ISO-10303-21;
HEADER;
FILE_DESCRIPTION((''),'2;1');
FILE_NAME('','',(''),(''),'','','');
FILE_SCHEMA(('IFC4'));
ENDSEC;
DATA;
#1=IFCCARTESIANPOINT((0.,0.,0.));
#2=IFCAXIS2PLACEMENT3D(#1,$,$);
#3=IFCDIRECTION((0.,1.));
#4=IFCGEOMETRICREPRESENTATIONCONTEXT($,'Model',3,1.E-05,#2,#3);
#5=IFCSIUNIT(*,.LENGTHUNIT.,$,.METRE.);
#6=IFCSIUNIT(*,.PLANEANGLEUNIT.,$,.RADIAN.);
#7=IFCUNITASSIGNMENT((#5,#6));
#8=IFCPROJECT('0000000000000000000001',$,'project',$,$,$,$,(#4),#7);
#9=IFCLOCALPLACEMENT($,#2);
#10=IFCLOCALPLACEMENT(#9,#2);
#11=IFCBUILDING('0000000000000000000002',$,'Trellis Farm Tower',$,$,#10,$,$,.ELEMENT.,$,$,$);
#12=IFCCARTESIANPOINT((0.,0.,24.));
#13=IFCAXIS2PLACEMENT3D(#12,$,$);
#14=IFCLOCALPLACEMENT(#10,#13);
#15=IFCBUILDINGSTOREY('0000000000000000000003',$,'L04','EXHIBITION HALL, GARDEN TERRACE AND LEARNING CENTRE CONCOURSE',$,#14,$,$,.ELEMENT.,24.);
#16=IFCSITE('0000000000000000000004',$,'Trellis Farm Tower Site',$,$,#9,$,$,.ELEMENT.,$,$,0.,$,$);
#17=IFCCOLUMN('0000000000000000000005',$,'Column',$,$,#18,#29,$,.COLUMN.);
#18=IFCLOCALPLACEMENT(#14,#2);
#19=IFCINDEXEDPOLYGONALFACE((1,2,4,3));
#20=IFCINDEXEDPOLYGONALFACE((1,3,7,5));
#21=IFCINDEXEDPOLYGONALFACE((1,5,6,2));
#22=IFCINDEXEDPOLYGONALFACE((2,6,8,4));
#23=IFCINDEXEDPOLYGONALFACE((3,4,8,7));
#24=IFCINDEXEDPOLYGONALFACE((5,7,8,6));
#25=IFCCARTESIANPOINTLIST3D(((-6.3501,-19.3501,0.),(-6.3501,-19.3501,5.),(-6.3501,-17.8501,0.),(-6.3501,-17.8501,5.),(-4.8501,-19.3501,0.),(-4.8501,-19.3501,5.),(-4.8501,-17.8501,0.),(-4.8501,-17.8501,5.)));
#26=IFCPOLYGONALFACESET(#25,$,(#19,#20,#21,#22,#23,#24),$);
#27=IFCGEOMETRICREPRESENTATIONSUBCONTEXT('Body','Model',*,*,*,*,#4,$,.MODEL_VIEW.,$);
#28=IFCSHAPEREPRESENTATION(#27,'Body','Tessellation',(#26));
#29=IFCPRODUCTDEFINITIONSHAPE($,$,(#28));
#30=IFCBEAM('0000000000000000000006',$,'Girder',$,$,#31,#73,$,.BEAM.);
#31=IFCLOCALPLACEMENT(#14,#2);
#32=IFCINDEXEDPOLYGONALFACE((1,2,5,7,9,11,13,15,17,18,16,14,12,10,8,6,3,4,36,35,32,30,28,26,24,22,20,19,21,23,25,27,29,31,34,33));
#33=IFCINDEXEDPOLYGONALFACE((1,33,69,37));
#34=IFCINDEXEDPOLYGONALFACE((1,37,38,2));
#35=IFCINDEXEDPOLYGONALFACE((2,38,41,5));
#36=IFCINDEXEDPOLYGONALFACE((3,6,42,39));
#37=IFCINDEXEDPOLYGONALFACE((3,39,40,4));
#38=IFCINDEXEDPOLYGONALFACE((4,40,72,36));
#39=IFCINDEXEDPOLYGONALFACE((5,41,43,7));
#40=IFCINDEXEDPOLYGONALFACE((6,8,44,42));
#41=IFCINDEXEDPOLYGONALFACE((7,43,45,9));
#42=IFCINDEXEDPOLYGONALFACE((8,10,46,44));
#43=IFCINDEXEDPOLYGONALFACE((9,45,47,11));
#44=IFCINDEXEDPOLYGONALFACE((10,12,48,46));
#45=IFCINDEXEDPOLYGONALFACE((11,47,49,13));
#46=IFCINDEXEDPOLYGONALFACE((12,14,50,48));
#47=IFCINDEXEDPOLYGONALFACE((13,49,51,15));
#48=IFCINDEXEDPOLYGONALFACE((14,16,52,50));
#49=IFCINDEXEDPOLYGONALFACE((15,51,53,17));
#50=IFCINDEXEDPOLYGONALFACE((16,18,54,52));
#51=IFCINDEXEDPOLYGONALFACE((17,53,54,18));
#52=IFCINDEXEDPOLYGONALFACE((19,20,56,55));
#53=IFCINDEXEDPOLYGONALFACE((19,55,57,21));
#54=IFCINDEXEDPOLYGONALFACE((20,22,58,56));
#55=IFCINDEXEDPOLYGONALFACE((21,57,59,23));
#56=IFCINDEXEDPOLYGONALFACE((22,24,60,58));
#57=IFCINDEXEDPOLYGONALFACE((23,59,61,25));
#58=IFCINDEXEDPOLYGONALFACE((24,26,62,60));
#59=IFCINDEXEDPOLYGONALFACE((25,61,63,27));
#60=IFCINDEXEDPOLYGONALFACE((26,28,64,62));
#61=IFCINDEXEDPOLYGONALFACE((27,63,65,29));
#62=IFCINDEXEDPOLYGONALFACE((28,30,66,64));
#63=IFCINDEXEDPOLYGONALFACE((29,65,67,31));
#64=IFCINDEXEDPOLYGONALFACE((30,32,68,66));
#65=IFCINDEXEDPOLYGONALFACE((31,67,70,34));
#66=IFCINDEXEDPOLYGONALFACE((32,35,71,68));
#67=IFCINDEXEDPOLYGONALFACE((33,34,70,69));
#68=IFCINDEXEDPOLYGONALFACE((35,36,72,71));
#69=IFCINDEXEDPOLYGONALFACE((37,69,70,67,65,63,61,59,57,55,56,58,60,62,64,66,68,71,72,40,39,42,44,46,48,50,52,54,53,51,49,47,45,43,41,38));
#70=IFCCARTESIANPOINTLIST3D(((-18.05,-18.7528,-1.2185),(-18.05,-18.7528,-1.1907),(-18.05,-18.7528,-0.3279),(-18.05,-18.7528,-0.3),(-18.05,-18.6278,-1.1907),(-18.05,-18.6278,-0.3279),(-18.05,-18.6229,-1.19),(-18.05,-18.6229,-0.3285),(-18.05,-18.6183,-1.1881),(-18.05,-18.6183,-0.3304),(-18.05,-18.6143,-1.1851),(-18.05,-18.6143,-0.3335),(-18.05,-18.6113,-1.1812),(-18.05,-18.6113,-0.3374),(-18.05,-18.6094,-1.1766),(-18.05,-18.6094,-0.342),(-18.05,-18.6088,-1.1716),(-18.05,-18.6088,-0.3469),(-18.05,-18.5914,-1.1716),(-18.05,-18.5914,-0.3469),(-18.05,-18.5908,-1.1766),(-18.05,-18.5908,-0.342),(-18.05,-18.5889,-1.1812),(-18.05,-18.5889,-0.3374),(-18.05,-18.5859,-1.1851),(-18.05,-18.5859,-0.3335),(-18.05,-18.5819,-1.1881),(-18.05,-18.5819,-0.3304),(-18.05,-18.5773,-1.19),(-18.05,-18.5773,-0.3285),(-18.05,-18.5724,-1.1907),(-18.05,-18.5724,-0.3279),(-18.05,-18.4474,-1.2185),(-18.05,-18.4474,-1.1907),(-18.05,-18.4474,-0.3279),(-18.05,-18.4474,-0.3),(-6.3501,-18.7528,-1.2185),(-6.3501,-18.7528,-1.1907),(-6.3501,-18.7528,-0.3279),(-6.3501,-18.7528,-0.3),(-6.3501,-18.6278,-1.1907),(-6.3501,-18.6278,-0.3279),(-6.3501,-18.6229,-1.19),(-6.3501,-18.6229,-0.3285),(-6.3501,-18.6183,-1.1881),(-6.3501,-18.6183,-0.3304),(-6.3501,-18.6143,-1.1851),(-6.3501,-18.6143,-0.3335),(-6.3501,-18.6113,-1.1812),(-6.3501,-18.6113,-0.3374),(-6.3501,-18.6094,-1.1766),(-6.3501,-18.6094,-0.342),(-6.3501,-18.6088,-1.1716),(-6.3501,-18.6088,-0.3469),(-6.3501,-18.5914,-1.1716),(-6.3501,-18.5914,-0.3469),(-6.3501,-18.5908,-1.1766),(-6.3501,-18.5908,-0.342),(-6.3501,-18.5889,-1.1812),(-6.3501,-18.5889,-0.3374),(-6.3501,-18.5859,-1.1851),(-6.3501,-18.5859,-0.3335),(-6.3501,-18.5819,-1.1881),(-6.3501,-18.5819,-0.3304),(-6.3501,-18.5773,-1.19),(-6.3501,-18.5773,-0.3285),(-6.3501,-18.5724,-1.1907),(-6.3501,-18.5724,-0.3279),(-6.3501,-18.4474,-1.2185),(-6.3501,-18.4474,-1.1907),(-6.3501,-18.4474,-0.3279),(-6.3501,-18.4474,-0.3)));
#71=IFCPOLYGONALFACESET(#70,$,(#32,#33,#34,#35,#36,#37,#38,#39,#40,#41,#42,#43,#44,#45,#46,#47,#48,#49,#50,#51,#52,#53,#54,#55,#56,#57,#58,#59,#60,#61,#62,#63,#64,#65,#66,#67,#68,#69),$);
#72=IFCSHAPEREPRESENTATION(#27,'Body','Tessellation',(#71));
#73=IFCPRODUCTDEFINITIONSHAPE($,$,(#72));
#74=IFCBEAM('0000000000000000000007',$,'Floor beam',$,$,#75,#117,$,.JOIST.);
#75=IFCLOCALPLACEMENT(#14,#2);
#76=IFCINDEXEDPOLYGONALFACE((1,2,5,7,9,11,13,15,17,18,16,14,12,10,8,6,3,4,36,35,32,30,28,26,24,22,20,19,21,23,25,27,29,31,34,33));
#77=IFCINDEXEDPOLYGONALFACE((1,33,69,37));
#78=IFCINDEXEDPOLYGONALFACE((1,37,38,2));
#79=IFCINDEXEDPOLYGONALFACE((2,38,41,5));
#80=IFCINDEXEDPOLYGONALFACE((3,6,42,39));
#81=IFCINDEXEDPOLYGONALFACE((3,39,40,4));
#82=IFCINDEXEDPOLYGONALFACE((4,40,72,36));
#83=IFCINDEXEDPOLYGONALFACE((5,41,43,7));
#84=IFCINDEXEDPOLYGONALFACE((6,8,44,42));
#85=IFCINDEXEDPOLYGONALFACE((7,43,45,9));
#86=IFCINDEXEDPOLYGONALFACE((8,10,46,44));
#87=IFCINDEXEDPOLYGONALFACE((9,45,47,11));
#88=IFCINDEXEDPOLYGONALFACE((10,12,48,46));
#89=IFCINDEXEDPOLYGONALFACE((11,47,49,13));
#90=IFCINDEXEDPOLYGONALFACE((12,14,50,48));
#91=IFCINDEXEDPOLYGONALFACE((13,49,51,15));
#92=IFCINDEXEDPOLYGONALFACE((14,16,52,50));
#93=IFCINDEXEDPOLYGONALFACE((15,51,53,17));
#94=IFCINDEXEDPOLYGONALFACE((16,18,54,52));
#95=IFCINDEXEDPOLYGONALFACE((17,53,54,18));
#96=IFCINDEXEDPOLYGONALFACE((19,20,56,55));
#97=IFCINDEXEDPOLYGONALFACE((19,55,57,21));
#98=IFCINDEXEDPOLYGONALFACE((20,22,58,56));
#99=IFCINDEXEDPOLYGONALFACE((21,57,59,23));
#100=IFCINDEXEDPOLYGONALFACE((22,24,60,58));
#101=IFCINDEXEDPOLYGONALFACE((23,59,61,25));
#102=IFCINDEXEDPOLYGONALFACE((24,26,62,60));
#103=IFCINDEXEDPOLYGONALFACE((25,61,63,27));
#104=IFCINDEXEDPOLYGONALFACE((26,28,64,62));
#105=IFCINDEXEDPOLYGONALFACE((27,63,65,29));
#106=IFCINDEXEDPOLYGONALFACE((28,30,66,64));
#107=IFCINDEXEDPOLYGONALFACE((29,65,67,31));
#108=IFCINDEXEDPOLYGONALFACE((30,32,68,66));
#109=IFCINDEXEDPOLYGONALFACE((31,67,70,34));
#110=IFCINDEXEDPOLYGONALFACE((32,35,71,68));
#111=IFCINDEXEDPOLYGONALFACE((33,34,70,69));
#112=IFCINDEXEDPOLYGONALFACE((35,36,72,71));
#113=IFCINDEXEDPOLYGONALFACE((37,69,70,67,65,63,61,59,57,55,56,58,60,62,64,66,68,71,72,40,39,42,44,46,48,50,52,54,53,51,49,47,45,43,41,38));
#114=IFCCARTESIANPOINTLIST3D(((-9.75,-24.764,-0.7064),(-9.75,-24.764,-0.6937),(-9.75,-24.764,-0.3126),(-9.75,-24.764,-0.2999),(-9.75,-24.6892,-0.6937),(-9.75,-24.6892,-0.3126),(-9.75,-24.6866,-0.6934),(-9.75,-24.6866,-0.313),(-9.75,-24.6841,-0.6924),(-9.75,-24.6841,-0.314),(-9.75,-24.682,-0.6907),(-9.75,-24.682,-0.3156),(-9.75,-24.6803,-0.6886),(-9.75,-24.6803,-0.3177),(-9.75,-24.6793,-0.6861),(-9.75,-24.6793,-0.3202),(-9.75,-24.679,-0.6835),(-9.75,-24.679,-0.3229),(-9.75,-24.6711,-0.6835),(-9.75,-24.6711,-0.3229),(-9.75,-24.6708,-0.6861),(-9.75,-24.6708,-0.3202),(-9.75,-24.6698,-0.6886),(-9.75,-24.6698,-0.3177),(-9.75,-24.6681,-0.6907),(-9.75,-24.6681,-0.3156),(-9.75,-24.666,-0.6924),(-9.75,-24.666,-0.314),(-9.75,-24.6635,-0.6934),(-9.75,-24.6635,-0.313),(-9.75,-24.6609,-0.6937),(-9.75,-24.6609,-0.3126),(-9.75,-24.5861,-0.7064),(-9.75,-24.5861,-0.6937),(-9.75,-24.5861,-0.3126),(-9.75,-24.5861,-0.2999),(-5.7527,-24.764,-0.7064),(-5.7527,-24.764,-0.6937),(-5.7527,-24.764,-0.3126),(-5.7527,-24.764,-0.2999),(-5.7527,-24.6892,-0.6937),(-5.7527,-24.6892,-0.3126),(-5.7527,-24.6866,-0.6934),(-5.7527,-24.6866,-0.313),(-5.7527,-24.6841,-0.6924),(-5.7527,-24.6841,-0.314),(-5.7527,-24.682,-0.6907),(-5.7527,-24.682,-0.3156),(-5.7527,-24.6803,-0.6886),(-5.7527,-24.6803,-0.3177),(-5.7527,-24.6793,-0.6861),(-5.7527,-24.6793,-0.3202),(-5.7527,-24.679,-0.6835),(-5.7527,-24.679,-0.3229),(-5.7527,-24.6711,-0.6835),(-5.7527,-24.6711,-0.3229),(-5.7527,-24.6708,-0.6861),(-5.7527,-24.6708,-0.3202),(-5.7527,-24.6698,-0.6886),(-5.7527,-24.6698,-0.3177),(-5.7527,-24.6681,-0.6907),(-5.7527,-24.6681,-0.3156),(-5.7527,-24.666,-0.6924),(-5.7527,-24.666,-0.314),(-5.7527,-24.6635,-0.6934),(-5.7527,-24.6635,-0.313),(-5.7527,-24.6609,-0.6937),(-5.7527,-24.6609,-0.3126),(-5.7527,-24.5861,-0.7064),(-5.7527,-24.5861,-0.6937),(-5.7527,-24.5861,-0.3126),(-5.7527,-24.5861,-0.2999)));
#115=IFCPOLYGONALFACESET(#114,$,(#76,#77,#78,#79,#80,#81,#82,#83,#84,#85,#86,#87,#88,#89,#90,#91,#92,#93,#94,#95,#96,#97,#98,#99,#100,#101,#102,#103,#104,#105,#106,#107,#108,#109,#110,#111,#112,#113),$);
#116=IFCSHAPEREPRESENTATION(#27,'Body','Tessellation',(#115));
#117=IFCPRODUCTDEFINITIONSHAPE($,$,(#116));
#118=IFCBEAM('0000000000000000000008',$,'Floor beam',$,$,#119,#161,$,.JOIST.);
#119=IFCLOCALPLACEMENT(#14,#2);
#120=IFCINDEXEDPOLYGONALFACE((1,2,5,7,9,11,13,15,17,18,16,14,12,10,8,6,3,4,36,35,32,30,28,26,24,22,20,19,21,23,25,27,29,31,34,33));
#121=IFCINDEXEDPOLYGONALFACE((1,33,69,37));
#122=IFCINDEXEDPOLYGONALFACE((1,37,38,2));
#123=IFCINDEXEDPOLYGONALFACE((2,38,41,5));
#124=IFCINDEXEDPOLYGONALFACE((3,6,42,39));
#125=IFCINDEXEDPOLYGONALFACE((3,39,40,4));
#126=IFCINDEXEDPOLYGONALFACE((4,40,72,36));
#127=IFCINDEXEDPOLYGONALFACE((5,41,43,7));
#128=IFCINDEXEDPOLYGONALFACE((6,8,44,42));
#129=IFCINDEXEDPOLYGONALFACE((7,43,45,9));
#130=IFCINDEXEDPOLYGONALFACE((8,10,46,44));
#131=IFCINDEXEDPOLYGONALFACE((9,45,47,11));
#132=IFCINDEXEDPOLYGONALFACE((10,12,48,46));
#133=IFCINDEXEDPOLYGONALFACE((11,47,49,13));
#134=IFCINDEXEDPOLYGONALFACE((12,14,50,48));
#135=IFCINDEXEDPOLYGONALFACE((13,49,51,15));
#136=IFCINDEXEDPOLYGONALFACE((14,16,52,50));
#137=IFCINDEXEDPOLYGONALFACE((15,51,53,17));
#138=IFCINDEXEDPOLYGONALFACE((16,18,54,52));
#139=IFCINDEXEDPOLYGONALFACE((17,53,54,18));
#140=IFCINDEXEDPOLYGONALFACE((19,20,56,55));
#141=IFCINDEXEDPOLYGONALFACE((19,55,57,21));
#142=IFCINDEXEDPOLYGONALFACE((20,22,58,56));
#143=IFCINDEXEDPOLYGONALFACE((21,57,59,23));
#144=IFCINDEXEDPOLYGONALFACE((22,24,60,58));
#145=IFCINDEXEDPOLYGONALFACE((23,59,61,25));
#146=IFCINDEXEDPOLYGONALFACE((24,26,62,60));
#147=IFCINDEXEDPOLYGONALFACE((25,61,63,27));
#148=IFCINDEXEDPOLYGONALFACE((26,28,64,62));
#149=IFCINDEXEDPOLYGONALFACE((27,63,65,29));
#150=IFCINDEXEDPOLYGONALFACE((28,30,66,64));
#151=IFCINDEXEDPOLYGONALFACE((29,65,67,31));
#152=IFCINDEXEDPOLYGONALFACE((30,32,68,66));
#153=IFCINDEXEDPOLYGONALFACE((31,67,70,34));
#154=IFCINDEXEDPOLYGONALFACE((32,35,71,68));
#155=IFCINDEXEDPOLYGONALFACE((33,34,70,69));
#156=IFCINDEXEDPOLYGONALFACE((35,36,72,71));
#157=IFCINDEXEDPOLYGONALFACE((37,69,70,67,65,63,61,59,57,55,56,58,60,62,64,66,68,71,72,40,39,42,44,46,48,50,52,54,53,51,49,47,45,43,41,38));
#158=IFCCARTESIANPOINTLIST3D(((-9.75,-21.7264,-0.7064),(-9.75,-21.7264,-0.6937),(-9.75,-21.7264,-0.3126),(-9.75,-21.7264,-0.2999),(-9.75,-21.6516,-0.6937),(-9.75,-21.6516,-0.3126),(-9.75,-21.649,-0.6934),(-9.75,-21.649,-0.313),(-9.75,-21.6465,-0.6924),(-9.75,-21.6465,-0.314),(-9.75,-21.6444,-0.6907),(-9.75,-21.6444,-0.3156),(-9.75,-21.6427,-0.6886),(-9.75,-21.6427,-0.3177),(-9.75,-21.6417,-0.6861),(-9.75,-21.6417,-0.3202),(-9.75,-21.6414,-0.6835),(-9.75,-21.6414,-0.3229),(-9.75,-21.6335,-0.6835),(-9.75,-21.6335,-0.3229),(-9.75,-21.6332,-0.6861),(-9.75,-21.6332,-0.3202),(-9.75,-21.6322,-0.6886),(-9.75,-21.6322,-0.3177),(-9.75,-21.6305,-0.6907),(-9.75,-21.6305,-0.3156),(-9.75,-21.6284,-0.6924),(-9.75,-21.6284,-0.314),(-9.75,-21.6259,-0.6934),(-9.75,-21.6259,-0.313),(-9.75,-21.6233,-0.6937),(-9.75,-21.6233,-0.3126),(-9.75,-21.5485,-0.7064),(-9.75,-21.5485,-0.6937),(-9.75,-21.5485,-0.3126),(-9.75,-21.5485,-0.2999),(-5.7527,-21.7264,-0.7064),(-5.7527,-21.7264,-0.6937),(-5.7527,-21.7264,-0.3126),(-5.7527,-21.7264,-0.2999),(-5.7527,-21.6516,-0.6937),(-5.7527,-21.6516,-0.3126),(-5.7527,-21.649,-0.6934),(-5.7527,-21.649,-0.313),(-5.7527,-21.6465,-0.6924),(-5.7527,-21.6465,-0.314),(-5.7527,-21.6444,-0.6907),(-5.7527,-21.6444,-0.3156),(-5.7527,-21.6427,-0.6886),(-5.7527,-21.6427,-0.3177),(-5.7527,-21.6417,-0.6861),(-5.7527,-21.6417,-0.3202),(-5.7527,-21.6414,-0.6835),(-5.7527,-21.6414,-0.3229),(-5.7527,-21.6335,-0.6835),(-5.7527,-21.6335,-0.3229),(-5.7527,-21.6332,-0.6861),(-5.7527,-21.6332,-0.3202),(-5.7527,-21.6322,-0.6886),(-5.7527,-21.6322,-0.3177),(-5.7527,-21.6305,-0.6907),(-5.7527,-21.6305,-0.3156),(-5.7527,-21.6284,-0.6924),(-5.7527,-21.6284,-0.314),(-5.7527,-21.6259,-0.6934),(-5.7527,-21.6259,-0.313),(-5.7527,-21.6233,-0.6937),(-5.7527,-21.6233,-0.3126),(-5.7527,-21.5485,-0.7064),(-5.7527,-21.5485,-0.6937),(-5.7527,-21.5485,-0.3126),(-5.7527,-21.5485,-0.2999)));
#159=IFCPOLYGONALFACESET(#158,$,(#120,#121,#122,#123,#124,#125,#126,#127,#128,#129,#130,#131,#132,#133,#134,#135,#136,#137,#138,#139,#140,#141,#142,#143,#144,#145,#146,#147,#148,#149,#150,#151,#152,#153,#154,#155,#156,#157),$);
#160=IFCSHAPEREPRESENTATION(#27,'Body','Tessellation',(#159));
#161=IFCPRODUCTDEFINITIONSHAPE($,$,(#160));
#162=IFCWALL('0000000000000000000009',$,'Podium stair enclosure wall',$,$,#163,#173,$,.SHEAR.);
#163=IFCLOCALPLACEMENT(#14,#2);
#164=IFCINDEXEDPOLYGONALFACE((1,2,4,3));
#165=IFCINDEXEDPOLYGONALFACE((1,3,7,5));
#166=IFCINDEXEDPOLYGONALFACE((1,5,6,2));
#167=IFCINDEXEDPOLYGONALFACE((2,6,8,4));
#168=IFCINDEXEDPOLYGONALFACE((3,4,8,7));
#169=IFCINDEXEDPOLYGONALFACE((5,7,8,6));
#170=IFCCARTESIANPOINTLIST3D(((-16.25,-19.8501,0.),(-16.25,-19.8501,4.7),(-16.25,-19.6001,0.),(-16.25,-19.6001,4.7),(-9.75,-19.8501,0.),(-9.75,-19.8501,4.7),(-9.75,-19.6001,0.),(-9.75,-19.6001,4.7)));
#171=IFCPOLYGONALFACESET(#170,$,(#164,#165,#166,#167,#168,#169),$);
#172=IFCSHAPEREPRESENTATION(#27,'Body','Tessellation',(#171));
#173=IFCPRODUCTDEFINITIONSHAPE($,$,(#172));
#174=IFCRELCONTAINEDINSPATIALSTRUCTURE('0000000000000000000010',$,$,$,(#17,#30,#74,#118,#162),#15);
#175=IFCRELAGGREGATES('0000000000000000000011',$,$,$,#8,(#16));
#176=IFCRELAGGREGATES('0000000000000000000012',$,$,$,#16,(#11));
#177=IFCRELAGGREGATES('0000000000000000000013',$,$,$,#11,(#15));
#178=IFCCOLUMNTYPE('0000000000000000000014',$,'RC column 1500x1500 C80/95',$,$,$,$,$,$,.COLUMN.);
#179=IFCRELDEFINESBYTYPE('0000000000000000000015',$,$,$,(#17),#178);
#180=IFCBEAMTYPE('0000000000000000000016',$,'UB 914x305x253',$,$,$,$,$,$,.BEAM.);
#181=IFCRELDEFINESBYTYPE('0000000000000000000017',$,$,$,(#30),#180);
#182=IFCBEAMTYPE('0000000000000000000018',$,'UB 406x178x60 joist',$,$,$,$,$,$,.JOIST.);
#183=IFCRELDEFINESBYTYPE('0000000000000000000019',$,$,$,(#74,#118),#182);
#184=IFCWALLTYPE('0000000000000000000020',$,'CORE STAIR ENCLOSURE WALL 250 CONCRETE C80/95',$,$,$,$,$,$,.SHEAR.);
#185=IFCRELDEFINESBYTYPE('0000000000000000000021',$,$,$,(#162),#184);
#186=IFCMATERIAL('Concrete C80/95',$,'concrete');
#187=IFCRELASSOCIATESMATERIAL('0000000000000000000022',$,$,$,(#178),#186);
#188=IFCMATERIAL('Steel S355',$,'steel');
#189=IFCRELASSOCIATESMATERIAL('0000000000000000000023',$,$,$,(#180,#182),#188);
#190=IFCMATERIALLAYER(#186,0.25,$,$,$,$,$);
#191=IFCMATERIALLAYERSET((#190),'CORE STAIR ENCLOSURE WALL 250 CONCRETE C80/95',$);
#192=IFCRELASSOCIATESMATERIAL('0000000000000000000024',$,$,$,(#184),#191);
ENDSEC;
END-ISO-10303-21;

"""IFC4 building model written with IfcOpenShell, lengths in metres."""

from ifc_helpers import new_model, si_unit, direction, frame, frame_2d, origin, origin_2d, place, context, subcontext, project, spatial, rectangle, i_section, extrude, source, transform, mapped, material, layer, layer_set, material_profile, profile_set, type_object, element, save


model = new_model("IFC4")

# Units and contexts
model_context = context("Model", 3, precision=1e-05, world=origin(), true_north=direction((0.0, 1.0)))
body_context = subcontext(model_context, "Body", "Model", "MODEL_VIEW")
ifc_project = project(units=[si_unit("LENGTHUNIT", "METRE"), si_unit("PLANEANGLEUNIT", "RADIAN")], contexts=[model_context])

# Site, building, storey
site_placement = place(None, origin())
site = spatial("IfcSite", under=ifc_project, at=site_placement, Name="Trellis Farm Tower Site", CompositionType="ELEMENT", RefElevation=0.0)
building_placement = place(site_placement, origin())
building = spatial("IfcBuilding", under=site, at=building_placement, Name="Trellis Farm Tower", CompositionType="ELEMENT")
storey_placement = place(building_placement, frame((0.0, 0.0, 24.0)))
storey = spatial("IfcBuildingStorey", under=building, at=storey_placement, Name="L04", Description="EXHIBITION HALL, GARDEN TERRACE AND LEARNING CENTRE CONCOURSE", CompositionType="ELEMENT", Elevation=24.0)

# Column
ifc_material_1 = material(Name="Concrete C80/95", Category="concrete")
ifc_material_profile_1 = material_profile(ifc_material_1, rectangle(XDim=1.5, YDim=1.5, at=origin_2d()), Name="RC column 1500x1500 C80/95")
ifc_profile_set_1 = profile_set([ifc_material_profile_1], Name="Concrete C80/95")
column_type = type_object("IfcColumnType", Name="RC column 1500x1500 C80/95", PredefinedType="COLUMN", material=ifc_profile_set_1)
shared_shape_1 = source(origin(), body_context, "Body", "SweptSolid", [
    extrude(rectangle(XDim=1.5, YDim=1.5, at=origin_2d()), origin(), (0.0, 0.0, 1.0), 5.0),
])
column_placement = place(storey_placement, frame((-5.6001, -18.6001, 0.0), z_axis=(0.0, 0.0, 1.0), x_axis=(1.0, 0.0, 0.0)))
element("IfcColumn", 1, at=column_placement, inside=storey, type_object=column_type, Name="Column", PredefinedType="COLUMN", context=body_context, shape_type="MappedRepresentation", body=[
    mapped(shared_shape_1, transform((0.0, 0.0, 0.0))),
])

# Beams
ifc_material_2 = material(Name="Steel S355", Category="steel")
ifc_material_profile_2 = material_profile(ifc_material_2, i_section(OverallWidth=0.3054, OverallDepth=0.9185, WebThickness=0.0173, FlangeThickness=0.0278, FilletRadius=0.019, at=origin_2d()), Name="UB 914x305x253")
ifc_profile_set_2 = profile_set([ifc_material_profile_2], Name="Steel S355")
beam_type_1 = type_object("IfcBeamType", Name="UB 914x305x253", PredefinedType="BEAM", material=ifc_profile_set_2)
shared_shape_2 = source(origin(), body_context, "Body", "SweptSolid", [
    extrude(i_section(OverallWidth=0.3054, OverallDepth=0.9185, WebThickness=0.0173, FlangeThickness=0.0278, FilletRadius=0.019, at=origin_2d()), origin(), (0.0, 0.0, 1.0), 11.7),
])
beam_placement = place(storey_placement, frame((-18.05, -18.6001, -0.7593), z_axis=(1.0, 0.0, 0.0), x_axis=(0.0, 1.0, 0.0)))
element("IfcBeam", 2, at=beam_placement, inside=storey, type_object=beam_type_1, Name="Girder", PredefinedType="BEAM", context=body_context, shape_type="MappedRepresentation", body=[
    mapped(shared_shape_2, transform((0.0, 0.0, 0.0))),
])
ifc_material_profile_3 = material_profile(ifc_material_2, i_section(OverallWidth=0.178, OverallDepth=0.4065, WebThickness=0.0078, FlangeThickness=0.0127, FilletRadius=0.0103, at=origin_2d()), Name="UB 406x178x60")
ifc_profile_set_3 = profile_set([ifc_material_profile_3], Name="Steel S355")
beam_type_2 = type_object("IfcBeamType", Name="UB 406x178x60 joist", PredefinedType="JOIST", material=ifc_profile_set_3)
shared_shape_3 = source(origin(), body_context, "Body", "SweptSolid", [
    extrude(i_section(OverallWidth=0.178, OverallDepth=0.4065, WebThickness=0.0078, FlangeThickness=0.0127, FilletRadius=0.0103, at=origin_2d()), origin(), (0.0, 0.0, 1.0), 3.9973),
])
for number, where, z_axis, x_axis, name in (
    (3, (-9.75, -24.675, -0.5032), (1.0, 0.0, 0.0), (0.0, 1.0, 0.0), "Floor beam"),
    (4, (-9.75, -21.6375, -0.5032), (1.0, 0.0, 0.0), (0.0, 1.0, 0.0), "Floor beam"),
):
    element("IfcBeam", number, at=place(storey_placement, frame(where, z_axis=z_axis, x_axis=x_axis)), inside=storey, type_object=beam_type_2, Name=name, PredefinedType="JOIST", context=body_context, shape_type="MappedRepresentation", body=[
        mapped(shared_shape_3, transform((0.0, 0.0, 0.0))),
    ])

# Wall
ifc_layer_1 = layer(ifc_material_1, 0.25)
ifc_layer_set_1 = layer_set([ifc_layer_1], Name="CORE STAIR ENCLOSURE WALL 250 CONCRETE C80/95")
wall_type_1 = type_object("IfcWallType", Name="CORE STAIR ENCLOSURE WALL 250 CONCRETE C80/95", PredefinedType="SHEAR", material=ifc_layer_set_1)
shared_shape_4 = source(origin(), body_context, "Body", "SweptSolid", [
    extrude(rectangle(XDim=6.5, YDim=0.25, at=frame_2d((3.25, 0.0))), origin(), (0.0, 0.0, 1.0), 4.7),
])
wall_1_placement = place(storey_placement, frame((-16.25, -19.7251, 0.0), z_axis=(0.0, 0.0, 1.0), x_axis=(1.0, 0.0, 0.0)))
element("IfcWall", 5, at=wall_1_placement, inside=storey, type_object=wall_type_1, Name="Podium stair enclosure wall", PredefinedType="SHEAR", context=body_context, shape_type="MappedRepresentation", body=[
    mapped(shared_shape_4, transform((0.0, 0.0, 0.0))),
])

save(model, "model.ifc")
